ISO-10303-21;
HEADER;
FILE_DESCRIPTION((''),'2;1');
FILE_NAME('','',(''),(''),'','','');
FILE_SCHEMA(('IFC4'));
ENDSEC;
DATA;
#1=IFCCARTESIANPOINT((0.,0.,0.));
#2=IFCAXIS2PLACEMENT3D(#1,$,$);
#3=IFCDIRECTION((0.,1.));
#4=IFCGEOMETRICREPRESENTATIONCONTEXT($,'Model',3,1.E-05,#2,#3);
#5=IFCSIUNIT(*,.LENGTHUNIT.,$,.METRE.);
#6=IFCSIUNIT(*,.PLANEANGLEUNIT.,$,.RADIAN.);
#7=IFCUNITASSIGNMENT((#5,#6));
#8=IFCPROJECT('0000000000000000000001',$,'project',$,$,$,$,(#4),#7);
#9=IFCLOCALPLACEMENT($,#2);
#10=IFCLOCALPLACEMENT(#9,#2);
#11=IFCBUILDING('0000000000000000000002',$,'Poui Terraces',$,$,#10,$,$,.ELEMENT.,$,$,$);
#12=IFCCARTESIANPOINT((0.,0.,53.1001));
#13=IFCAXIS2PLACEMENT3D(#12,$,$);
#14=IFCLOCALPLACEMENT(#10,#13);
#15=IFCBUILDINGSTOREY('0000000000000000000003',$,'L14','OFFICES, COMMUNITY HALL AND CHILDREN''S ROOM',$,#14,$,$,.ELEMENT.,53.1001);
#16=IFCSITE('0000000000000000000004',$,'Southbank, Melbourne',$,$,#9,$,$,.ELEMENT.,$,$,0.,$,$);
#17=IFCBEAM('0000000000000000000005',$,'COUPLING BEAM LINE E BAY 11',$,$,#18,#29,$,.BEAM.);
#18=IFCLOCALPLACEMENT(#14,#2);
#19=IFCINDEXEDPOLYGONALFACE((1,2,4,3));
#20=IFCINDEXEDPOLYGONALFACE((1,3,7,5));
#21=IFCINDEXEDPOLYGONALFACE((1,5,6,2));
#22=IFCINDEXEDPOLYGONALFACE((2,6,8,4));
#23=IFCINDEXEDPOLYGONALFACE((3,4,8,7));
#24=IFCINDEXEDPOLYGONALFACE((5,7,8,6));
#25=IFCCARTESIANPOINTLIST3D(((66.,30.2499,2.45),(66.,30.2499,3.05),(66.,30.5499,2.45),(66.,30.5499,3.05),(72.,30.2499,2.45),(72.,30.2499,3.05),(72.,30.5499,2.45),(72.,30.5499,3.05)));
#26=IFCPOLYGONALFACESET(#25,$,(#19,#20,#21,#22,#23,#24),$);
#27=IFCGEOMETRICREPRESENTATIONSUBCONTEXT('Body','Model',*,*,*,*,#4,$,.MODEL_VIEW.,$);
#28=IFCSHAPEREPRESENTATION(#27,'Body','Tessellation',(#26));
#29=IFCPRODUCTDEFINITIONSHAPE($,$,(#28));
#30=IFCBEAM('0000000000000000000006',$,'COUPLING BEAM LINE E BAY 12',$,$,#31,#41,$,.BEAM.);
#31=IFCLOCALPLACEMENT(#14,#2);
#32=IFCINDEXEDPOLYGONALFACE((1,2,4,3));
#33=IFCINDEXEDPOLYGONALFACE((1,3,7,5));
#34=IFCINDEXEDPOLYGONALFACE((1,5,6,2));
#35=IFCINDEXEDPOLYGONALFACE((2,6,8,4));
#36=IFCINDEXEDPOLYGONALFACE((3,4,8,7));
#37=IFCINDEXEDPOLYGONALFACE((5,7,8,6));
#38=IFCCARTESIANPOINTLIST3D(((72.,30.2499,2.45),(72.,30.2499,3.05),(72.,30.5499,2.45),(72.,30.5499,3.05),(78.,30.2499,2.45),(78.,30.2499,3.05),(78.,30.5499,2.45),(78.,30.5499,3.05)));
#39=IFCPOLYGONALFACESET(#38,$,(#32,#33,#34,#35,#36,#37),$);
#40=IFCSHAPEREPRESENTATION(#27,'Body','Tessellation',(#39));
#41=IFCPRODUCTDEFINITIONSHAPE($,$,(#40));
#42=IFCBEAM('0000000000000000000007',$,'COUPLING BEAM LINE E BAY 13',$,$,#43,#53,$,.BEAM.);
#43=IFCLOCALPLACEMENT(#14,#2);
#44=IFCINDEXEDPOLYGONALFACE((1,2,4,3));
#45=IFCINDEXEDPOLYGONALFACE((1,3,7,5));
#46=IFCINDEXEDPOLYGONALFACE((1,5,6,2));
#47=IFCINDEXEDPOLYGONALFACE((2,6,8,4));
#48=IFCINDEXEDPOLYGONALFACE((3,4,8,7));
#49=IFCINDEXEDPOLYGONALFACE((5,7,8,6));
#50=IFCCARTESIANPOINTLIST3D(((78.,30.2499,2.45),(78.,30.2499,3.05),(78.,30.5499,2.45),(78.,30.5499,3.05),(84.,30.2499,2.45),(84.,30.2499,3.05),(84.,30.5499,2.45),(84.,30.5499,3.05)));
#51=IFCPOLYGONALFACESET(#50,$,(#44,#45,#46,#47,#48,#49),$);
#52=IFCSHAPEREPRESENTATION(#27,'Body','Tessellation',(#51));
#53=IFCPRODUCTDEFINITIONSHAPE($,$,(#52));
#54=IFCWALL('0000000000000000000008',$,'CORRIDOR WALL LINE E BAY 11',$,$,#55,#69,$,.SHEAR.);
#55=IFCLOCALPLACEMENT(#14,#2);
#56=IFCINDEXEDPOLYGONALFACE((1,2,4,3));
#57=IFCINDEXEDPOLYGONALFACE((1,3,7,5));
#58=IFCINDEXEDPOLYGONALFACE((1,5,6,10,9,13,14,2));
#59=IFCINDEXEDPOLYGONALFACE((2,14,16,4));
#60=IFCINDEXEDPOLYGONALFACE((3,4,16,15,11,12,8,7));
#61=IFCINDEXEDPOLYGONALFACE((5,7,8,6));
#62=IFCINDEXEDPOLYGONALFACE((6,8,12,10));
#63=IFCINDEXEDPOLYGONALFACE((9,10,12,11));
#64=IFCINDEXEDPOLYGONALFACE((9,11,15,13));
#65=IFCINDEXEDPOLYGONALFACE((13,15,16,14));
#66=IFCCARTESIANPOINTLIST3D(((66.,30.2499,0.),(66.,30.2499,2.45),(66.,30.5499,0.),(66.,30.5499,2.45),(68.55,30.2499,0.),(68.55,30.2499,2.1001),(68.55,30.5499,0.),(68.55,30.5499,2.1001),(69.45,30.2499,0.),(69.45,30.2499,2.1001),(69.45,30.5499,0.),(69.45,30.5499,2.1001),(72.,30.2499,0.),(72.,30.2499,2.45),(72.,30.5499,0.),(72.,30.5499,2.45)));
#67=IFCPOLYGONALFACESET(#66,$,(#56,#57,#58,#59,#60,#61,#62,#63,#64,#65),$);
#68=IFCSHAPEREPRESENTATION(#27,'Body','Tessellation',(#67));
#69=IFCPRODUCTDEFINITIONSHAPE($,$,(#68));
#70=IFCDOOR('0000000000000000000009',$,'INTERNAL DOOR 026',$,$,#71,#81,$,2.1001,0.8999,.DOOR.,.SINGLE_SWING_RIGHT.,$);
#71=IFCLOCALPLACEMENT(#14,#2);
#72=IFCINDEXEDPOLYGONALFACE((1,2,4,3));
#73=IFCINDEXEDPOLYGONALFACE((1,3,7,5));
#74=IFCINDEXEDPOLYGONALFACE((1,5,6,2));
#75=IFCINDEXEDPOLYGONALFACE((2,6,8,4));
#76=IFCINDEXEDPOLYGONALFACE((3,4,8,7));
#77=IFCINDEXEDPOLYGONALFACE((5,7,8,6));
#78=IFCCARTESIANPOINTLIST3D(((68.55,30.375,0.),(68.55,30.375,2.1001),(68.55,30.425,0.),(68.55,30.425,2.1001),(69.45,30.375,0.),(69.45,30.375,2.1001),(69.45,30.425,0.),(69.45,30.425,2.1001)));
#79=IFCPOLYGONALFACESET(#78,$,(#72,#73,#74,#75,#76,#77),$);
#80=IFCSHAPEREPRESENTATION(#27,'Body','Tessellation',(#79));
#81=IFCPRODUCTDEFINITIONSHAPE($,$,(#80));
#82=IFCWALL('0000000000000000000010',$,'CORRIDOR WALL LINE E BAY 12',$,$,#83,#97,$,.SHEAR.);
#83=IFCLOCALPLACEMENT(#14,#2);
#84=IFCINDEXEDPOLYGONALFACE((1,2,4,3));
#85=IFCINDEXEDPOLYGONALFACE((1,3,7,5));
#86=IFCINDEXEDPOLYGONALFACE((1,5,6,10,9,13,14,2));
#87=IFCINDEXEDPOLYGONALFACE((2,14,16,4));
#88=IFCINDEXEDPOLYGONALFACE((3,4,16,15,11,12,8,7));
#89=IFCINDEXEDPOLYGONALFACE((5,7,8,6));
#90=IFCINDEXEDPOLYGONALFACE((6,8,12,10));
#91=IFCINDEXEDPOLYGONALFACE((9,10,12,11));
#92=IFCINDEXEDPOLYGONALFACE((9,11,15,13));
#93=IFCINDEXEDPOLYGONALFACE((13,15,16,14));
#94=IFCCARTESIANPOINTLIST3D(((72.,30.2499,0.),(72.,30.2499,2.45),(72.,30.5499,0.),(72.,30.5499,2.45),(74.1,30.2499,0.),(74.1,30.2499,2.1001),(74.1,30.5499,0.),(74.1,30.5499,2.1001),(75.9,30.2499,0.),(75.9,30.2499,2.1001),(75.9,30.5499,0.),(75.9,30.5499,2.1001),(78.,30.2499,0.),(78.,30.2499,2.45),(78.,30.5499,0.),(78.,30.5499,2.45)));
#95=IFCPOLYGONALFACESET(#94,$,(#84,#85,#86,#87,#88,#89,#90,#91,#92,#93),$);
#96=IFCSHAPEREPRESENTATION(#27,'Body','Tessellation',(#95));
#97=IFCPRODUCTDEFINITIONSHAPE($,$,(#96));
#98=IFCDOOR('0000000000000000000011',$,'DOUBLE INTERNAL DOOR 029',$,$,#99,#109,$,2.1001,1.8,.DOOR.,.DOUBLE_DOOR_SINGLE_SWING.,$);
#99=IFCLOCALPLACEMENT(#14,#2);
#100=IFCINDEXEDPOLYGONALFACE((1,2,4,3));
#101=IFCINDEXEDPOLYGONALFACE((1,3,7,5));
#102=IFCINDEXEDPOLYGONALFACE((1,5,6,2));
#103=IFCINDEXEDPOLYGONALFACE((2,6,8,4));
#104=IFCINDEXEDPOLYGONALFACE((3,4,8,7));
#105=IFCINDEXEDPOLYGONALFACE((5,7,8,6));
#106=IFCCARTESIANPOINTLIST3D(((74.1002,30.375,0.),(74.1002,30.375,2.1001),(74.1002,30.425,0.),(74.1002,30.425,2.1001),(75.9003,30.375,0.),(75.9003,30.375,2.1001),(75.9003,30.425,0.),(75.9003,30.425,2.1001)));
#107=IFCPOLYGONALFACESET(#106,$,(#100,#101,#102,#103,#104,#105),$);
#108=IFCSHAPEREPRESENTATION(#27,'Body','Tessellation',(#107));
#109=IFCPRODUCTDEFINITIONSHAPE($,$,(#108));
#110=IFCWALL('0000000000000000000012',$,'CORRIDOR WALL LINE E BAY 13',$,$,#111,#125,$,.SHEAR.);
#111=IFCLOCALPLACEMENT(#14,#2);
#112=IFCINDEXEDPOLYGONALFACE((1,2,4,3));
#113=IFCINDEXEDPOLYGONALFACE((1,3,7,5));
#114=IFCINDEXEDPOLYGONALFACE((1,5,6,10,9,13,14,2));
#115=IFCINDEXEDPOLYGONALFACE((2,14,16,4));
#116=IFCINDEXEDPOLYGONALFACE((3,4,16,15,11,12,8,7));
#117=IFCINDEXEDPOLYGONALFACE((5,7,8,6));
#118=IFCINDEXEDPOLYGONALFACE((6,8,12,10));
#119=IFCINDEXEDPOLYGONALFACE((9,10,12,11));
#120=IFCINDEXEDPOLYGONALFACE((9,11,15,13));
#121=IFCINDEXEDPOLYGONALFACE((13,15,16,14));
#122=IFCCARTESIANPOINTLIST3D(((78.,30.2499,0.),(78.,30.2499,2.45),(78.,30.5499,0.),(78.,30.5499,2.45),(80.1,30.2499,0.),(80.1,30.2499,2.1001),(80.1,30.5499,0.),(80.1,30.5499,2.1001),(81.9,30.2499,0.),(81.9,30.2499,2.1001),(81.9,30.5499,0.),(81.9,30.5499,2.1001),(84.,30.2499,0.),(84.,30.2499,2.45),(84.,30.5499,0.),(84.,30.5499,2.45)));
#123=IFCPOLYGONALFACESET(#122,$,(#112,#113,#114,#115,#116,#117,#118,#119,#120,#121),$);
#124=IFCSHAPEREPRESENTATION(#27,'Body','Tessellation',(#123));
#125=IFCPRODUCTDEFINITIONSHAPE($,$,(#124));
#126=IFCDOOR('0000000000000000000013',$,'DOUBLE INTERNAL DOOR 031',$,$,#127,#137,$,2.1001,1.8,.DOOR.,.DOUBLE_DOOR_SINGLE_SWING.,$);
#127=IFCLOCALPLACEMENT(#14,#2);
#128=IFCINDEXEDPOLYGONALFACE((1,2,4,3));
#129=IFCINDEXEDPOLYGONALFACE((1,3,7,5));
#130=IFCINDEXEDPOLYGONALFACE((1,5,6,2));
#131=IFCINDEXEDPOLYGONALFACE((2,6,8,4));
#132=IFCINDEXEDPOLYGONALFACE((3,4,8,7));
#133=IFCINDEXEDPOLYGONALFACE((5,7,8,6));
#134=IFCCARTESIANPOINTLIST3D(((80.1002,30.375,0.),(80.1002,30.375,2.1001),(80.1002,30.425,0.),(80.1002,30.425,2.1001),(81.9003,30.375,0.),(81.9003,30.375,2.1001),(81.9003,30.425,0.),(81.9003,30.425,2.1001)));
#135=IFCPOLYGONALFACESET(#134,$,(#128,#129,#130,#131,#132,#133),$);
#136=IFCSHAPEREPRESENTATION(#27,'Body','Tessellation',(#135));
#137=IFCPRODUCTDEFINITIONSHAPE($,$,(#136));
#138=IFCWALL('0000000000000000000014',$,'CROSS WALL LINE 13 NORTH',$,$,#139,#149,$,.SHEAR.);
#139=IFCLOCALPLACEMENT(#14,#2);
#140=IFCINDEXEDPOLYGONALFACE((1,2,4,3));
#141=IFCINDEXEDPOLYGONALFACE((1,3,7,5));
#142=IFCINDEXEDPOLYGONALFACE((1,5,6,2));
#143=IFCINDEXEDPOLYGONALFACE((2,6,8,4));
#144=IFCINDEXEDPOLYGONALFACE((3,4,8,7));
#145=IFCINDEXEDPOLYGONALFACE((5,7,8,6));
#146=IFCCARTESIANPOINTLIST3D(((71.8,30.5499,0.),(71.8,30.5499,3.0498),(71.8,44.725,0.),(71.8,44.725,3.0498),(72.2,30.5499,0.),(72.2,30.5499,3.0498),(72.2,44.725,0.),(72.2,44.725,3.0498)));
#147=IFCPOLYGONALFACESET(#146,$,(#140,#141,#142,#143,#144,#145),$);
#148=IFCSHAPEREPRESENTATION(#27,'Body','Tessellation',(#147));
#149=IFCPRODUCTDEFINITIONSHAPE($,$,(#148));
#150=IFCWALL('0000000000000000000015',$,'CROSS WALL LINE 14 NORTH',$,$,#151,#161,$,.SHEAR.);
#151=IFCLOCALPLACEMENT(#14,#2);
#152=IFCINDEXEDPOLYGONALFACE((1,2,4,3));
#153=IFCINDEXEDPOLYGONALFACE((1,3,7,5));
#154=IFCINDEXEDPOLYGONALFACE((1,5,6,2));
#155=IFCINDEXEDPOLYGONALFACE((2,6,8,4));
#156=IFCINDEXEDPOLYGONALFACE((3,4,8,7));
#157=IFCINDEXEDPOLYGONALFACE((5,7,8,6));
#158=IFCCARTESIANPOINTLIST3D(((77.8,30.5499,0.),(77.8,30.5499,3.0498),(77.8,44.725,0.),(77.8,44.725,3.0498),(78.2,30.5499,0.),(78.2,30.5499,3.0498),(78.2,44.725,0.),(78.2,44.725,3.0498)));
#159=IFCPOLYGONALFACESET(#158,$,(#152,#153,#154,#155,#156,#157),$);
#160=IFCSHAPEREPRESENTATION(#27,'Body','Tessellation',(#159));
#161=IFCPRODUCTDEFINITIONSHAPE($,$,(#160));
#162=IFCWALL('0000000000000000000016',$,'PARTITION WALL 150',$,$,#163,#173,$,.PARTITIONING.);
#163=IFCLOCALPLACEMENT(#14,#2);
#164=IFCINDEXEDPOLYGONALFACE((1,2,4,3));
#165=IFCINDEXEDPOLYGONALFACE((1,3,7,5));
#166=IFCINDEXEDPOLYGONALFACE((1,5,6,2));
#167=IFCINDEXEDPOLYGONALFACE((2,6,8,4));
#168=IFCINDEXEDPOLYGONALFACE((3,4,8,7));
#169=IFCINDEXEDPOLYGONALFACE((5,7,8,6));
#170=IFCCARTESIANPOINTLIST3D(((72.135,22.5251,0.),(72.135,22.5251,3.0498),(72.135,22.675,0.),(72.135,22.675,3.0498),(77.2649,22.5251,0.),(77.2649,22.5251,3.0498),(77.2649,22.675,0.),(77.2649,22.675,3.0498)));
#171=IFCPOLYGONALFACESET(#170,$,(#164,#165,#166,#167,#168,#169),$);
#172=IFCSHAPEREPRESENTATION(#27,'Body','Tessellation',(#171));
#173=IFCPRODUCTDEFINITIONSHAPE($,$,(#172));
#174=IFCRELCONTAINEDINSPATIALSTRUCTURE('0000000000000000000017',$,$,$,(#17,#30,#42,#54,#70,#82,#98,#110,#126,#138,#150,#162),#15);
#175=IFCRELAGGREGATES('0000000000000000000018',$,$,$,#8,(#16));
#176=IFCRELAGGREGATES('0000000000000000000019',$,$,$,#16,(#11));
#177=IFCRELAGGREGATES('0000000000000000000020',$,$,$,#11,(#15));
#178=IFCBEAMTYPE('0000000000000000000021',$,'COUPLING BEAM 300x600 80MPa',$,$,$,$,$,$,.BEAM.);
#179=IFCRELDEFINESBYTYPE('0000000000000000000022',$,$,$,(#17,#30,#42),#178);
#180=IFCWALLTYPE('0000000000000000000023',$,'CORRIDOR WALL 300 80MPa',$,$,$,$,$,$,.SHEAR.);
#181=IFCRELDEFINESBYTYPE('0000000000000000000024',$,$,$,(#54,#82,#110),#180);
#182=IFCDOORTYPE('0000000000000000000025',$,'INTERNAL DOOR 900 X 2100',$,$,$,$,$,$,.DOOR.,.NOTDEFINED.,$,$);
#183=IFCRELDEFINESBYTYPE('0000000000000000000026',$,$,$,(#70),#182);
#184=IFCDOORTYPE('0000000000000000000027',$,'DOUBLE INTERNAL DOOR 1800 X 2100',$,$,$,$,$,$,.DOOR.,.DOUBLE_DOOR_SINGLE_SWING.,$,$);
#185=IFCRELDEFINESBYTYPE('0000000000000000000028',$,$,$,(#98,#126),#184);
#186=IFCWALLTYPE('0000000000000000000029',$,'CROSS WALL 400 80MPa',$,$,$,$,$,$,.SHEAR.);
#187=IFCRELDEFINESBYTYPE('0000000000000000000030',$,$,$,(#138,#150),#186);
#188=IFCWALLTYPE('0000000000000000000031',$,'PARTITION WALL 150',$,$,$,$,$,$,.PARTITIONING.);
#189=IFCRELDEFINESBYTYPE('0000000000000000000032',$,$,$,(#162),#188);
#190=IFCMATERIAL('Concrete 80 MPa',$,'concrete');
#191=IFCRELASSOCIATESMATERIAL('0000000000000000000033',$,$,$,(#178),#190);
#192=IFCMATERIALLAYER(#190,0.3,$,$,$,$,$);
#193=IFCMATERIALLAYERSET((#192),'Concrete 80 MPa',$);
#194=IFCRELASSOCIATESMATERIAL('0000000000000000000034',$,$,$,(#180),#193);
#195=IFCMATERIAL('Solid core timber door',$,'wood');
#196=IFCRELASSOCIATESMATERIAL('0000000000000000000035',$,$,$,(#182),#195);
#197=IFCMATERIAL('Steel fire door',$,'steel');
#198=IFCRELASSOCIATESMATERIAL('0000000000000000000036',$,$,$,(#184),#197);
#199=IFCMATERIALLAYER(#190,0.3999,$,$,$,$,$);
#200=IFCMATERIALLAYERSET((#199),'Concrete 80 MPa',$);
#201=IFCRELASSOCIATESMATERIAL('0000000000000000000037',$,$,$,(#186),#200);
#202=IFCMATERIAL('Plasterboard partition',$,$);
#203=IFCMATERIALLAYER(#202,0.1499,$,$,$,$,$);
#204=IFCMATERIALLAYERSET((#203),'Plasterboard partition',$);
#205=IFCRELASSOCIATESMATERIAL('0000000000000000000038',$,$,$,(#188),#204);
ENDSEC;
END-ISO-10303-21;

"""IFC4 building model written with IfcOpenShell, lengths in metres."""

from ifc_helpers import new_model, si_unit, direction, frame, frame_2d, origin, origin_2d, place, context, subcontext, project, spatial, rectangle, extrude, source, transform, mapped, material, layer, layer_set, material_profile, profile_set, type_object, element, fill, save


model = new_model("IFC4")

# Units and contexts
model_context = context("Model", 3, precision=1e-05, world=origin(), true_north=direction((0.0, 1.0)))
body_context = subcontext(model_context, "Body", "Model", "MODEL_VIEW")
ifc_project = project(units=[si_unit("LENGTHUNIT", "METRE"), si_unit("PLANEANGLEUNIT", "RADIAN")], contexts=[model_context])

# Site, building, storey
site_placement = place(None, origin())
site = spatial("IfcSite", under=ifc_project, at=site_placement, Name="Southbank, Melbourne", CompositionType="ELEMENT", RefElevation=0.0)
building_placement = place(site_placement, origin())
building = spatial("IfcBuilding", under=site, at=building_placement, Name="Poui Terraces", CompositionType="ELEMENT")
storey_placement = place(building_placement, frame((0.0, 0.0, 53.1001)))
storey = spatial("IfcBuildingStorey", under=building, at=storey_placement, Name="L14", Description="OFFICES, COMMUNITY HALL AND CHILDREN'S ROOM", CompositionType="ELEMENT", Elevation=53.1001)

# Beams
ifc_material_1 = material(Name="Concrete 80 MPa", Category="concrete")
ifc_material_profile = material_profile(ifc_material_1, rectangle(XDim=0.3, YDim=0.6001, at=origin_2d()), Name="RC 300x600")
ifc_profile_set = profile_set([ifc_material_profile], Name="Concrete 80 MPa")
beam_type = type_object("IfcBeamType", Name="COUPLING BEAM 300x600 80MPa", PredefinedType="BEAM", material=ifc_profile_set)
shared_shape = source(origin(), body_context, "Body", "SweptSolid", [
    extrude(rectangle(XDim=0.3, YDim=0.6001, at=origin_2d()), origin(), (0.0, 0.0, 1.0), 6.0),
])
for number, where, z_axis, x_axis, name in (
    (1, (66.0, 30.3999, 2.75), (1.0, 0.0, 0.0), (0.0, 1.0, 0.0), "COUPLING BEAM LINE E BAY 11"),
    (2, (72.0, 30.3999, 2.75), (1.0, 0.0, 0.0), (0.0, 1.0, 0.0), "COUPLING BEAM LINE E BAY 12"),
    (3, (78.0, 30.3999, 2.75), (1.0, 0.0, 0.0), (0.0, 1.0, 0.0), "COUPLING BEAM LINE E BAY 13"),
):
    element("IfcBeam", number, at=place(storey_placement, frame(where, z_axis=z_axis, x_axis=x_axis)), inside=storey, type_object=beam_type, Name=name, PredefinedType="BEAM", context=body_context, shape_type="MappedRepresentation", body=[
        mapped(shared_shape, transform((0.0, 0.0, 0.0))),
    ])

# Walls, openings, doors
ifc_layer_1 = layer(ifc_material_1, 0.3)
ifc_layer_set_1 = layer_set([ifc_layer_1], Name="Concrete 80 MPa")
wall_type_1 = type_object("IfcWallType", Name="CORRIDOR WALL 300 80MPa", PredefinedType="SHEAR", material=ifc_layer_set_1)
wall_1_placement = place(storey_placement, frame((66.0, 30.3999, 0.0), z_axis=(0.0, 0.0, 1.0), x_axis=(1.0, 0.0, 0.0)))
wall_1 = element("IfcWall", 4, at=wall_1_placement, inside=storey, type_object=wall_type_1, Name="CORRIDOR WALL LINE E BAY 11", PredefinedType="SHEAR", context=body_context, shape_type="SweptSolid", body=[
    extrude(rectangle(XDim=6.0, YDim=0.3, at=frame_2d((3.0, 0.0))), origin(), (0.0, 0.0, 1.0), 2.45),
])
opening_1_placement = place(wall_1_placement, frame((2.55, 0.0, 0.0)))
opening_1 = element("IfcOpeningElement", 5, at=opening_1_placement, cuts=wall_1, PredefinedType="OPENING", context=body_context, shape_type="SweptSolid", body=[
    extrude(rectangle(XDim=0.8999, YDim=2.1001, at=frame_2d((0.45, 1.05))), frame((0.0, 0.1602, 0.0), z_axis=(0.0, -1.0, 0.0), x_axis=(1.0, 0.0, 0.0)), (0.0, 0.0, 1.0), 0.3201),
])
ifc_material_2 = material(Name="Solid core timber door", Category="wood")
door_type_1 = type_object("IfcDoorType", Name="INTERNAL DOOR 900 X 2100", OperationType="NOTDEFINED", PredefinedType="DOOR", material=ifc_material_2)
door_1_placement = place(opening_1_placement, frame((0.8999, 0.0, 0.0), z_axis=(0.0, 0.0, 1.0), x_axis=(-1.0, 0.0, 0.0)))
door_1 = element("IfcDoor", 6, at=door_1_placement, inside=storey, type_object=door_type_1, Name="INTERNAL DOOR 026", OperationType="SINGLE_SWING_RIGHT", OverallHeight=2.1001, OverallWidth=0.8999, PredefinedType="DOOR", context=body_context, shape_type="SweptSolid", body=[
    extrude(rectangle(XDim=0.8999, YDim=2.1001, at=frame_2d((0.45, 1.05))), frame((0.0, 0.0249, 0.0), z_axis=(0.0, -1.0, 0.0), x_axis=(1.0, 0.0, 0.0)), (0.0, 0.0, 1.0), 0.05),
])
fill(opening_1, door_1)
wall_2_placement = place(storey_placement, frame((72.0, 30.3999, 0.0), z_axis=(0.0, 0.0, 1.0), x_axis=(1.0, 0.0, 0.0)))
wall_2 = element("IfcWall", 7, at=wall_2_placement, inside=storey, type_object=wall_type_1, Name="CORRIDOR WALL LINE E BAY 12", PredefinedType="SHEAR", context=body_context, shape_type="SweptSolid", body=[
    extrude(rectangle(XDim=6.0, YDim=0.3, at=frame_2d((3.0, 0.0))), origin(), (0.0, 0.0, 1.0), 2.45),
])
opening_2_placement = place(wall_2_placement, frame((2.1001, 0.0, 0.0)))
opening_2 = element("IfcOpeningElement", 8, at=opening_2_placement, cuts=wall_2, PredefinedType="OPENING", context=body_context, shape_type="SweptSolid", body=[
    extrude(rectangle(XDim=1.8, YDim=2.1001, at=frame_2d((0.8999, 1.05))), frame((0.0, 0.1602, 0.0), z_axis=(0.0, -1.0, 0.0), x_axis=(1.0, 0.0, 0.0)), (0.0, 0.0, 1.0), 0.3201),
])
ifc_material_3 = material(Name="Steel fire door", Category="steel")
door_type_2 = type_object("IfcDoorType", Name="DOUBLE INTERNAL DOOR 1800 X 2100", OperationType="DOUBLE_DOOR_SINGLE_SWING", PredefinedType="DOOR", material=ifc_material_3)
door_2_placement = place(opening_2_placement, frame((1.8, 0.0, 0.0), z_axis=(0.0, 0.0, 1.0), x_axis=(-1.0, 0.0, 0.0)))
door_2 = element("IfcDoor", 9, at=door_2_placement, inside=storey, type_object=door_type_2, Name="DOUBLE INTERNAL DOOR 029", OperationType="DOUBLE_DOOR_SINGLE_SWING", OverallHeight=2.1001, OverallWidth=1.8, PredefinedType="DOOR", context=body_context, shape_type="SweptSolid", body=[
    extrude(rectangle(XDim=1.8, YDim=2.1001, at=frame_2d((0.8999, 1.05))), frame((0.0, 0.0249, 0.0), z_axis=(0.0, -1.0, 0.0), x_axis=(1.0, 0.0, 0.0)), (0.0, 0.0, 1.0), 0.05),
])
fill(opening_2, door_2)
wall_3_placement = place(storey_placement, frame((78.0, 30.3999, 0.0), z_axis=(0.0, 0.0, 1.0), x_axis=(1.0, 0.0, 0.0)))
wall_3 = element("IfcWall", 10, at=wall_3_placement, inside=storey, type_object=wall_type_1, Name="CORRIDOR WALL LINE E BAY 13", PredefinedType="SHEAR", context=body_context, shape_type="SweptSolid", body=[
    extrude(rectangle(XDim=6.0, YDim=0.3, at=frame_2d((3.0, 0.0))), origin(), (0.0, 0.0, 1.0), 2.45),
])
opening_3_placement = place(wall_3_placement, frame((2.1001, 0.0, 0.0)))
opening_3 = element("IfcOpeningElement", 11, at=opening_3_placement, cuts=wall_3, PredefinedType="OPENING", context=body_context, shape_type="SweptSolid", body=[
    extrude(rectangle(XDim=1.8, YDim=2.1001, at=frame_2d((0.8999, 1.05))), frame((0.0, 0.1602, 0.0), z_axis=(0.0, -1.0, 0.0), x_axis=(1.0, 0.0, 0.0)), (0.0, 0.0, 1.0), 0.3201),
])
door_3_placement = place(opening_3_placement, frame((1.8, 0.0, 0.0), z_axis=(0.0, 0.0, 1.0), x_axis=(-1.0, 0.0, 0.0)))
door_3 = element("IfcDoor", 12, at=door_3_placement, inside=storey, type_object=door_type_2, Name="DOUBLE INTERNAL DOOR 031", OperationType="DOUBLE_DOOR_SINGLE_SWING", OverallHeight=2.1001, OverallWidth=1.8, PredefinedType="DOOR", context=body_context, shape_type="SweptSolid", body=[
    extrude(rectangle(XDim=1.8, YDim=2.1001, at=frame_2d((0.8999, 1.05))), frame((0.0, 0.0249, 0.0), z_axis=(0.0, -1.0, 0.0), x_axis=(1.0, 0.0, 0.0)), (0.0, 0.0, 1.0), 0.05),
])
fill(opening_3, door_3)

# Walls
ifc_layer_2 = layer(ifc_material_1, 0.3999)
ifc_layer_set_2 = layer_set([ifc_layer_2], Name="Concrete 80 MPa")
wall_type_2 = type_object("IfcWallType", Name="CROSS WALL 400 80MPa", PredefinedType="SHEAR", material=ifc_layer_set_2)
for number, where, z_axis, x_axis, name in (
    (13, (72.0, 30.55, 0.0), (0.0, 0.0, 1.0), (0.0, 1.0, 0.0), "CROSS WALL LINE 13 NORTH"),
    (14, (78.0, 30.55, 0.0), (0.0, 0.0, 1.0), (0.0, 1.0, 0.0), "CROSS WALL LINE 14 NORTH"),
):
    element("IfcWall", number, at=place(storey_placement, frame(where, z_axis=z_axis, x_axis=x_axis)), inside=storey, type_object=wall_type_2, Name=name, PredefinedType="SHEAR", context=body_context, shape_type="SweptSolid", body=[
        extrude(rectangle(XDim=14.175, YDim=0.3999, at=frame_2d((7.0874, 0.0))), origin(), (0.0, 0.0, 1.0), 3.0498),
    ])
ifc_material_4 = material(Name="Plasterboard partition")
ifc_layer_3 = layer(ifc_material_4, 0.1499)
ifc_layer_set_3 = layer_set([ifc_layer_3], Name="Plasterboard partition")
wall_type_3 = type_object("IfcWallType", Name="PARTITION WALL 150", PredefinedType="PARTITIONING", material=ifc_layer_set_3)
wall_4_placement = place(storey_placement, frame((72.135, 22.6001, 0.0), z_axis=(0.0, 0.0, 1.0), x_axis=(1.0, 0.0, 0.0)))
element("IfcWall", 15, at=wall_4_placement, inside=storey, type_object=wall_type_3, Name="PARTITION WALL 150", PredefinedType="PARTITIONING", context=body_context, shape_type="SweptSolid", body=[
    extrude(rectangle(XDim=5.1299, YDim=0.1499, at=frame_2d((2.5649, 0.0))), origin(), (0.0, 0.0, 1.0), 3.0498),
])

save(model, "model.ifc")
